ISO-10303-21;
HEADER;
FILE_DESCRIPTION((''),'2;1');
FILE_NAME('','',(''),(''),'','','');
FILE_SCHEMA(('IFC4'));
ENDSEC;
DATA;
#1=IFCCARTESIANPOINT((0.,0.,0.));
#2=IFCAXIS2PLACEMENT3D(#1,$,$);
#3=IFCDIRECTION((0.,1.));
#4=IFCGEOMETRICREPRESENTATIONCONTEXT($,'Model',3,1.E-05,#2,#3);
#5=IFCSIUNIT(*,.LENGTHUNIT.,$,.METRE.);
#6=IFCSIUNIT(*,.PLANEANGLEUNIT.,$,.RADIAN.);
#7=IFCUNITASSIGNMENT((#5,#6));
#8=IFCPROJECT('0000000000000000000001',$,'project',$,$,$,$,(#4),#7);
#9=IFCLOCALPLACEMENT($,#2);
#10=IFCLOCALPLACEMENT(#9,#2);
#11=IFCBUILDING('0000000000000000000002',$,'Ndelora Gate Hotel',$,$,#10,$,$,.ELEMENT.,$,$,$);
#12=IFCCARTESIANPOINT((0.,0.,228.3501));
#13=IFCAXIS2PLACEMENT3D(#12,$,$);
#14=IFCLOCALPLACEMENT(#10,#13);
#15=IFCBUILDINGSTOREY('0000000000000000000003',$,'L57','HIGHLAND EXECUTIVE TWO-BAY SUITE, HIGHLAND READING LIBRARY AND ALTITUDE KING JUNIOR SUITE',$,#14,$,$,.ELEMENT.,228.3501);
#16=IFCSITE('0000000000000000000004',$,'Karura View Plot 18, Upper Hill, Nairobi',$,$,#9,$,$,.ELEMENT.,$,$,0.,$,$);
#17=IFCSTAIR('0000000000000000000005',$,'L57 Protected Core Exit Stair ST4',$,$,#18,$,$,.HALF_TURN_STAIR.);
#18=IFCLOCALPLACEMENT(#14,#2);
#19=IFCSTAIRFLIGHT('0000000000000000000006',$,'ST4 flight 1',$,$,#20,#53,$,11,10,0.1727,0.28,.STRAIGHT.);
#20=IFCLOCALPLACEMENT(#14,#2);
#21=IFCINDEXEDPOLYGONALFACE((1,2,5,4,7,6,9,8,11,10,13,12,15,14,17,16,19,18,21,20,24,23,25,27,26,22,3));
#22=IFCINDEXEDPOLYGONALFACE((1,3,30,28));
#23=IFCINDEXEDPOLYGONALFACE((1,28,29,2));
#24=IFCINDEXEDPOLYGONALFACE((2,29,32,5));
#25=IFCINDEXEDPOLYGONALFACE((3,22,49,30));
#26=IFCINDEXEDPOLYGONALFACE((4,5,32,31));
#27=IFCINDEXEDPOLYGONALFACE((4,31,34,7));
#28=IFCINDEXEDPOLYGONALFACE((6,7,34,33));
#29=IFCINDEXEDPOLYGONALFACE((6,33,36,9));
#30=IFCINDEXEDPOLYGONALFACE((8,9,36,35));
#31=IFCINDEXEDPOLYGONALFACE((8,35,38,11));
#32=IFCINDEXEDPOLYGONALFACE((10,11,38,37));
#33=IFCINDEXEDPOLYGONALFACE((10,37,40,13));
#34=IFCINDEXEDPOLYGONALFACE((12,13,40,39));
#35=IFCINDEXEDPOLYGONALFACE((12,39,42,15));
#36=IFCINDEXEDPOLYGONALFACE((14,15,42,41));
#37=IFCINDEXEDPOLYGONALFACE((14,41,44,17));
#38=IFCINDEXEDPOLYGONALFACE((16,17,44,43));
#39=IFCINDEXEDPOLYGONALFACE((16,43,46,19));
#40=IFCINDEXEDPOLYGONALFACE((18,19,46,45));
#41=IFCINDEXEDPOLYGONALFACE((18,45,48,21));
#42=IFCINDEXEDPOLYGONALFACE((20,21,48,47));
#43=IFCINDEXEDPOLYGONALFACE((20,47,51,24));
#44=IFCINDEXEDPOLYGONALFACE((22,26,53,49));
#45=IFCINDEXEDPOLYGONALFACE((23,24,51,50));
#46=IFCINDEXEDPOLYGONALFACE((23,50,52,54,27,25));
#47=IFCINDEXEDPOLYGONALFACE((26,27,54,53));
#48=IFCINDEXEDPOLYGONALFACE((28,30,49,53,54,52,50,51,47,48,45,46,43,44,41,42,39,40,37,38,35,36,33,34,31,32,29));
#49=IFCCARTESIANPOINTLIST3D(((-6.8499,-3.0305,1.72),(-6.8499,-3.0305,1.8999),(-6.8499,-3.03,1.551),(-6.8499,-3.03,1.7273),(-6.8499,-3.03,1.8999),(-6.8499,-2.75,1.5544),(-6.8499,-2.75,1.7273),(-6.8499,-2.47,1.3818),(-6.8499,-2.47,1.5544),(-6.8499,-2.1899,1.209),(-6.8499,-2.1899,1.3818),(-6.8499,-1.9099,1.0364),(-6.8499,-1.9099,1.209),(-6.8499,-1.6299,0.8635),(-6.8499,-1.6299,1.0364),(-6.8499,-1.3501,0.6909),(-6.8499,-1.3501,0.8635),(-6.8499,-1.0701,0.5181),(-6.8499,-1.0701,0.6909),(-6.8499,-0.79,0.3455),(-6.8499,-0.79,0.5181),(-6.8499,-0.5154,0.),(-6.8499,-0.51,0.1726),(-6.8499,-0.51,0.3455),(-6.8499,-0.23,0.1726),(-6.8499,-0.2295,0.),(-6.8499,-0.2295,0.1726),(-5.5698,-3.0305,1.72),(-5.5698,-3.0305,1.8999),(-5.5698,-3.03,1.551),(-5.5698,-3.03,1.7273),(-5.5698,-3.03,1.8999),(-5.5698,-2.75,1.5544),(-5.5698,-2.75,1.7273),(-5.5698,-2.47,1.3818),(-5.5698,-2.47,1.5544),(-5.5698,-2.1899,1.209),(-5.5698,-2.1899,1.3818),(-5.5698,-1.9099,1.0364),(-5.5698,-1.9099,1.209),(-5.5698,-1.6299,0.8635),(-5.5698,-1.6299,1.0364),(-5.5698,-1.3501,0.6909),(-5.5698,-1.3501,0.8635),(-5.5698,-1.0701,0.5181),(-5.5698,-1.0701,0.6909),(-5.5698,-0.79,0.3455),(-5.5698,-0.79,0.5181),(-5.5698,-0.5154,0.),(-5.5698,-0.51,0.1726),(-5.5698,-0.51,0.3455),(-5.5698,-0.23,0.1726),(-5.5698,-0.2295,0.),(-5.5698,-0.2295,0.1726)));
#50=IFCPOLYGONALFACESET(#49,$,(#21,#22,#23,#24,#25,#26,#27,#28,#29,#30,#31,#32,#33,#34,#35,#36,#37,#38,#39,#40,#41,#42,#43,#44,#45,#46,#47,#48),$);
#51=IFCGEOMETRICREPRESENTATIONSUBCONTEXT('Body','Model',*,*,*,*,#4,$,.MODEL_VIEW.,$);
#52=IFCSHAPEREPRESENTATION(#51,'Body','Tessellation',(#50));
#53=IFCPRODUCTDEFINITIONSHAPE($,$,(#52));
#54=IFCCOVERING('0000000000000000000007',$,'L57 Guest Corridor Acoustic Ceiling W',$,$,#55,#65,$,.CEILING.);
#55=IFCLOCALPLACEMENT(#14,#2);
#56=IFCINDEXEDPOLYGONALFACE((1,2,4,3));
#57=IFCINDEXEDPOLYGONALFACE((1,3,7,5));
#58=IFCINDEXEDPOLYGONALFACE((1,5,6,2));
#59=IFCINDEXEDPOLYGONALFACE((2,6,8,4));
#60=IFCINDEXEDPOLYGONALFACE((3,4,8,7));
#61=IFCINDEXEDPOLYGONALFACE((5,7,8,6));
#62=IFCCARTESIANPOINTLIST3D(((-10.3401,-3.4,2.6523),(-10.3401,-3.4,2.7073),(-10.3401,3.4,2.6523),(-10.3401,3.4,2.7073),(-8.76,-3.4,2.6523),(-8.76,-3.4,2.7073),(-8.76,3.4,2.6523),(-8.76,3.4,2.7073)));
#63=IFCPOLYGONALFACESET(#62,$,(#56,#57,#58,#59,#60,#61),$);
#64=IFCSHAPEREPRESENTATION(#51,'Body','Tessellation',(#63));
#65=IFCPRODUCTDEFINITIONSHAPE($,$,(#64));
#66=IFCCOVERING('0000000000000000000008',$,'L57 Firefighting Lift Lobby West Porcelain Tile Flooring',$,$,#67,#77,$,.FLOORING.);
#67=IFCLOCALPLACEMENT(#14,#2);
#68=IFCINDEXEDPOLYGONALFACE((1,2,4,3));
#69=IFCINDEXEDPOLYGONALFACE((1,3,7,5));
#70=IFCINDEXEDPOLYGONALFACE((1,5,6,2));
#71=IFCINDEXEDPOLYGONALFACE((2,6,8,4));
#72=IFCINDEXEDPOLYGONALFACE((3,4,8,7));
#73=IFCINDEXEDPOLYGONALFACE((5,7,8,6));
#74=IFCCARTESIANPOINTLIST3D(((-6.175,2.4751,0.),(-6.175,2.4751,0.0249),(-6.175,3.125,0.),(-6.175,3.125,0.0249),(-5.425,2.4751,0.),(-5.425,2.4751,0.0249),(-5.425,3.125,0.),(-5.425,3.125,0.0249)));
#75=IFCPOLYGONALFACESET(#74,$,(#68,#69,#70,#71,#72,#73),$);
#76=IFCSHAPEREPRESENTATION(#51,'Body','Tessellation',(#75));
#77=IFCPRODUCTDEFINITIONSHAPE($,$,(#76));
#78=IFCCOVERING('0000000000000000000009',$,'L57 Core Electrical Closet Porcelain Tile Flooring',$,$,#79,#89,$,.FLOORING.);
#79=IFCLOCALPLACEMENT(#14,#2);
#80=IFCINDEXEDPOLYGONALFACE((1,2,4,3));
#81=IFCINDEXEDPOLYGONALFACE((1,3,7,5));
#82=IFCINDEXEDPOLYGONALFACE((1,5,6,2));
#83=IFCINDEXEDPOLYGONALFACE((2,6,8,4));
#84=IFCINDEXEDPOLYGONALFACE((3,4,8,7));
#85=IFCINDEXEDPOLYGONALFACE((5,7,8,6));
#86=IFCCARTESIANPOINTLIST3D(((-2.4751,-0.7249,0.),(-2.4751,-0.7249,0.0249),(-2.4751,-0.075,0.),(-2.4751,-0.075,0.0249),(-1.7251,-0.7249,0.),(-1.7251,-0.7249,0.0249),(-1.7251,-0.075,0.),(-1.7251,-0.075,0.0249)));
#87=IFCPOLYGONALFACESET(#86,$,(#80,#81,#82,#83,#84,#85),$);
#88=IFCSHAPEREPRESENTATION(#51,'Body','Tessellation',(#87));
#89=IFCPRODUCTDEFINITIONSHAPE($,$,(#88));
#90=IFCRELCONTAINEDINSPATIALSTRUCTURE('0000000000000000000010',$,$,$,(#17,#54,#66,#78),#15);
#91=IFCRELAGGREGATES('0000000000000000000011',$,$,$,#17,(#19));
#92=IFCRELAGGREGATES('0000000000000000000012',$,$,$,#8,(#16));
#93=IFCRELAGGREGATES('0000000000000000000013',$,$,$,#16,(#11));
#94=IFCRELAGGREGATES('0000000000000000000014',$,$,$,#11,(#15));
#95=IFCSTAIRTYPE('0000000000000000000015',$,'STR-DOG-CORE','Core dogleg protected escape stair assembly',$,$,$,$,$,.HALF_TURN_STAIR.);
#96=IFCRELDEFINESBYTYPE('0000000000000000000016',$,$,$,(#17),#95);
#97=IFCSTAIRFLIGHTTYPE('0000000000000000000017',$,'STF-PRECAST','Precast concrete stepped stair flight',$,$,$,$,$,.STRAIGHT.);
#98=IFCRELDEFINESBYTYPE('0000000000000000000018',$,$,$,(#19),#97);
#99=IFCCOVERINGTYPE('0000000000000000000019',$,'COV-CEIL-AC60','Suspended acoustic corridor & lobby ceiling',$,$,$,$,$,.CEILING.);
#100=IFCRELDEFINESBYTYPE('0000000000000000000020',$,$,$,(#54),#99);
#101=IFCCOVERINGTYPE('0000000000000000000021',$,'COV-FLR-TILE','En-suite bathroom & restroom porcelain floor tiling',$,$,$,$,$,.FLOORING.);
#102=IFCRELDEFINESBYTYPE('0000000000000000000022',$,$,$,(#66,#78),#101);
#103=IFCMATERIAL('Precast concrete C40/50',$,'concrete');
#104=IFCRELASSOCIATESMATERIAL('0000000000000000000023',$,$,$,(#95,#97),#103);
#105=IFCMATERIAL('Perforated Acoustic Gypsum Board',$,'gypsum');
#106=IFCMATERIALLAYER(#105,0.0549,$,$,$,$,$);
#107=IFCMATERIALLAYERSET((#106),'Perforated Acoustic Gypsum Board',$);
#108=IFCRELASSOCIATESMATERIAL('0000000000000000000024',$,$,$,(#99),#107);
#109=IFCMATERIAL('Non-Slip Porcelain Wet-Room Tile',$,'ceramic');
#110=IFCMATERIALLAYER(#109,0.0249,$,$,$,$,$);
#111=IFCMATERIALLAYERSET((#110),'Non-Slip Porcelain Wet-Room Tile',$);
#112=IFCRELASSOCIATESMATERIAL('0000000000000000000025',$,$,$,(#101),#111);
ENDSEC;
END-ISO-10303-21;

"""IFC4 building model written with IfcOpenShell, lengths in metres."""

from ifc_helpers import new_model, si_unit, direction, frame, origin, origin_2d, place, context, subcontext, project, spatial, polyline, rectangle, outline, extrude, material, layer, layer_set, type_object, element, aggregate, save


model = new_model("IFC4")

# Units and contexts
model_context = context("Model", 3, precision=1e-05, world=origin(), true_north=direction((0.0, 1.0)))
body_context = subcontext(model_context, "Body", "Model", "MODEL_VIEW")
ifc_project = project(units=[si_unit("LENGTHUNIT", "METRE"), si_unit("PLANEANGLEUNIT", "RADIAN")], contexts=[model_context])

# Site, building, storey
site_placement = place(None, origin())
site = spatial("IfcSite", under=ifc_project, at=site_placement, Name="Karura View Plot 18, Upper Hill, Nairobi", CompositionType="ELEMENT", RefElevation=0.0)
building_placement = place(site_placement, origin())
building = spatial("IfcBuilding", under=site, at=building_placement, Name="Ndelora Gate Hotel", CompositionType="ELEMENT")
storey_placement = place(building_placement, frame((0.0, 0.0, 228.3501)))
storey = spatial("IfcBuildingStorey", under=building, at=storey_placement, Name="L57", Description="HIGHLAND EXECUTIVE TWO-BAY SUITE, HIGHLAND READING LIBRARY AND ALTITUDE KING JUNIOR SUITE", CompositionType="ELEMENT", Elevation=228.3501)

# Stair, stair flight
ifc_material_1 = material(Name="Precast concrete C40/50", Category="concrete")
stair_type = type_object("IfcStairType", Name="STR-DOG-CORE", Description="Core dogleg protected escape stair assembly", PredefinedType="HALF_TURN_STAIR", material=ifc_material_1)
stair_placement = place(storey_placement, origin())
stair = element("IfcStair", 1, at=stair_placement, inside=storey, type_object=stair_type, Name="L57 Protected Core Exit Stair ST4", PredefinedType="HALF_TURN_STAIR")
stair_flight_type = type_object("IfcStairFlightType", Name="STF-PRECAST", Description="Precast concrete stepped stair flight", PredefinedType="STRAIGHT", material=ifc_material_1)
stair_flight_placement = place(storey_placement, frame((-6.21, -0.23, 0.0), z_axis=(0.0, 0.0, 1.0), x_axis=(0.0, -1.0, 0.0)))
stair_flight = element("IfcStairFlight", 2, at=stair_flight_placement, type_object=stair_flight_type, Name="ST4 flight 1", NumberOfRisers=11, NumberOfTreads=10, PredefinedType="STRAIGHT", RiserHeight=0.1727, TreadLength=0.28, context=body_context, shape_type="SweptSolid", body=[
    extrude(outline(polyline([(-0.0005, 0.0), (-0.0005, 0.1726), (0.0, 0.1726), (0.28, 0.1726), (0.28, 0.3455), (0.5601, 0.3455), (0.5601, 0.5181), (0.8401, 0.5181), (0.8401, 0.6909), (1.1201, 0.6909), (1.1201, 0.8635), (1.3999, 0.8635), (1.3999, 1.0364), (1.6799, 1.0364), (1.6799, 1.209), (1.96, 1.209), (1.96, 1.3818), (2.24, 1.3818), (2.24, 1.5544), (2.52, 1.5544), (2.52, 1.7273), (2.8, 1.7273), (2.8, 1.8999), (2.8005, 1.8999), (2.8005, 1.72), (2.8, 1.551), (0.2854, 0.0), (-0.0005, 0.0)])), frame((0.0, 0.6401, 0.0), z_axis=(0.0, -1.0, 0.0), x_axis=(1.0, 0.0, 0.0)), (0.0, 0.0, 1.0), 1.28),
])
aggregate(stair, [stair_flight])

# Coverings
ifc_material_2 = material(Name="Perforated Acoustic Gypsum Board", Category="gypsum")
ifc_layer_1 = layer(ifc_material_2, 0.0549)
ifc_layer_set_1 = layer_set([ifc_layer_1], Name="Perforated Acoustic Gypsum Board")
covering_type_1 = type_object("IfcCoveringType", Name="COV-CEIL-AC60", Description="Suspended acoustic corridor & lobby ceiling", PredefinedType="CEILING", material=ifc_layer_set_1)
covering_placement = place(storey_placement, frame((-9.55, 0.0, 2.6523), z_axis=(0.0, 0.0, 1.0), x_axis=(1.0, 0.0, 0.0)))
element("IfcCovering", 3, at=covering_placement, inside=storey, type_object=covering_type_1, Name="L57 Guest Corridor Acoustic Ceiling W", PredefinedType="CEILING", context=body_context, shape_type="SweptSolid", body=[
    extrude(rectangle(XDim=1.5801, YDim=6.8, at=origin_2d()), origin(), (0.0, 0.0, 1.0), 0.0549),
])
ifc_material_3 = material(Name="Non-Slip Porcelain Wet-Room Tile", Category="ceramic")
ifc_layer_2 = layer(ifc_material_3, 0.0249)
ifc_layer_set_2 = layer_set([ifc_layer_2], Name="Non-Slip Porcelain Wet-Room Tile")
covering_type_2 = type_object("IfcCoveringType", Name="COV-FLR-TILE", Description="En-suite bathroom & restroom porcelain floor tiling", PredefinedType="FLOORING", material=ifc_layer_set_2)
for number, where, z_axis, x_axis, name in (
    (4, (-5.8, 2.8, 0.0), (0.0, 0.0, 1.0), (1.0, 0.0, 0.0), "L57 Firefighting Lift Lobby West Porcelain Tile Flooring"),
    (5, (-2.1001, -0.3999, 0.0), (0.0, 0.0, 1.0), (1.0, 0.0, 0.0), "L57 Core Electrical Closet Porcelain Tile Flooring"),
):
    element("IfcCovering", number, at=place(storey_placement, frame(where, z_axis=z_axis, x_axis=x_axis)), inside=storey, type_object=covering_type_2, Name=name, PredefinedType="FLOORING", context=body_context, shape_type="SweptSolid", body=[
        extrude(rectangle(XDim=0.75, YDim=0.6499, at=origin_2d()), origin(), (0.0, 0.0, 1.0), 0.0249),
    ])

save(model, "model.ifc")
